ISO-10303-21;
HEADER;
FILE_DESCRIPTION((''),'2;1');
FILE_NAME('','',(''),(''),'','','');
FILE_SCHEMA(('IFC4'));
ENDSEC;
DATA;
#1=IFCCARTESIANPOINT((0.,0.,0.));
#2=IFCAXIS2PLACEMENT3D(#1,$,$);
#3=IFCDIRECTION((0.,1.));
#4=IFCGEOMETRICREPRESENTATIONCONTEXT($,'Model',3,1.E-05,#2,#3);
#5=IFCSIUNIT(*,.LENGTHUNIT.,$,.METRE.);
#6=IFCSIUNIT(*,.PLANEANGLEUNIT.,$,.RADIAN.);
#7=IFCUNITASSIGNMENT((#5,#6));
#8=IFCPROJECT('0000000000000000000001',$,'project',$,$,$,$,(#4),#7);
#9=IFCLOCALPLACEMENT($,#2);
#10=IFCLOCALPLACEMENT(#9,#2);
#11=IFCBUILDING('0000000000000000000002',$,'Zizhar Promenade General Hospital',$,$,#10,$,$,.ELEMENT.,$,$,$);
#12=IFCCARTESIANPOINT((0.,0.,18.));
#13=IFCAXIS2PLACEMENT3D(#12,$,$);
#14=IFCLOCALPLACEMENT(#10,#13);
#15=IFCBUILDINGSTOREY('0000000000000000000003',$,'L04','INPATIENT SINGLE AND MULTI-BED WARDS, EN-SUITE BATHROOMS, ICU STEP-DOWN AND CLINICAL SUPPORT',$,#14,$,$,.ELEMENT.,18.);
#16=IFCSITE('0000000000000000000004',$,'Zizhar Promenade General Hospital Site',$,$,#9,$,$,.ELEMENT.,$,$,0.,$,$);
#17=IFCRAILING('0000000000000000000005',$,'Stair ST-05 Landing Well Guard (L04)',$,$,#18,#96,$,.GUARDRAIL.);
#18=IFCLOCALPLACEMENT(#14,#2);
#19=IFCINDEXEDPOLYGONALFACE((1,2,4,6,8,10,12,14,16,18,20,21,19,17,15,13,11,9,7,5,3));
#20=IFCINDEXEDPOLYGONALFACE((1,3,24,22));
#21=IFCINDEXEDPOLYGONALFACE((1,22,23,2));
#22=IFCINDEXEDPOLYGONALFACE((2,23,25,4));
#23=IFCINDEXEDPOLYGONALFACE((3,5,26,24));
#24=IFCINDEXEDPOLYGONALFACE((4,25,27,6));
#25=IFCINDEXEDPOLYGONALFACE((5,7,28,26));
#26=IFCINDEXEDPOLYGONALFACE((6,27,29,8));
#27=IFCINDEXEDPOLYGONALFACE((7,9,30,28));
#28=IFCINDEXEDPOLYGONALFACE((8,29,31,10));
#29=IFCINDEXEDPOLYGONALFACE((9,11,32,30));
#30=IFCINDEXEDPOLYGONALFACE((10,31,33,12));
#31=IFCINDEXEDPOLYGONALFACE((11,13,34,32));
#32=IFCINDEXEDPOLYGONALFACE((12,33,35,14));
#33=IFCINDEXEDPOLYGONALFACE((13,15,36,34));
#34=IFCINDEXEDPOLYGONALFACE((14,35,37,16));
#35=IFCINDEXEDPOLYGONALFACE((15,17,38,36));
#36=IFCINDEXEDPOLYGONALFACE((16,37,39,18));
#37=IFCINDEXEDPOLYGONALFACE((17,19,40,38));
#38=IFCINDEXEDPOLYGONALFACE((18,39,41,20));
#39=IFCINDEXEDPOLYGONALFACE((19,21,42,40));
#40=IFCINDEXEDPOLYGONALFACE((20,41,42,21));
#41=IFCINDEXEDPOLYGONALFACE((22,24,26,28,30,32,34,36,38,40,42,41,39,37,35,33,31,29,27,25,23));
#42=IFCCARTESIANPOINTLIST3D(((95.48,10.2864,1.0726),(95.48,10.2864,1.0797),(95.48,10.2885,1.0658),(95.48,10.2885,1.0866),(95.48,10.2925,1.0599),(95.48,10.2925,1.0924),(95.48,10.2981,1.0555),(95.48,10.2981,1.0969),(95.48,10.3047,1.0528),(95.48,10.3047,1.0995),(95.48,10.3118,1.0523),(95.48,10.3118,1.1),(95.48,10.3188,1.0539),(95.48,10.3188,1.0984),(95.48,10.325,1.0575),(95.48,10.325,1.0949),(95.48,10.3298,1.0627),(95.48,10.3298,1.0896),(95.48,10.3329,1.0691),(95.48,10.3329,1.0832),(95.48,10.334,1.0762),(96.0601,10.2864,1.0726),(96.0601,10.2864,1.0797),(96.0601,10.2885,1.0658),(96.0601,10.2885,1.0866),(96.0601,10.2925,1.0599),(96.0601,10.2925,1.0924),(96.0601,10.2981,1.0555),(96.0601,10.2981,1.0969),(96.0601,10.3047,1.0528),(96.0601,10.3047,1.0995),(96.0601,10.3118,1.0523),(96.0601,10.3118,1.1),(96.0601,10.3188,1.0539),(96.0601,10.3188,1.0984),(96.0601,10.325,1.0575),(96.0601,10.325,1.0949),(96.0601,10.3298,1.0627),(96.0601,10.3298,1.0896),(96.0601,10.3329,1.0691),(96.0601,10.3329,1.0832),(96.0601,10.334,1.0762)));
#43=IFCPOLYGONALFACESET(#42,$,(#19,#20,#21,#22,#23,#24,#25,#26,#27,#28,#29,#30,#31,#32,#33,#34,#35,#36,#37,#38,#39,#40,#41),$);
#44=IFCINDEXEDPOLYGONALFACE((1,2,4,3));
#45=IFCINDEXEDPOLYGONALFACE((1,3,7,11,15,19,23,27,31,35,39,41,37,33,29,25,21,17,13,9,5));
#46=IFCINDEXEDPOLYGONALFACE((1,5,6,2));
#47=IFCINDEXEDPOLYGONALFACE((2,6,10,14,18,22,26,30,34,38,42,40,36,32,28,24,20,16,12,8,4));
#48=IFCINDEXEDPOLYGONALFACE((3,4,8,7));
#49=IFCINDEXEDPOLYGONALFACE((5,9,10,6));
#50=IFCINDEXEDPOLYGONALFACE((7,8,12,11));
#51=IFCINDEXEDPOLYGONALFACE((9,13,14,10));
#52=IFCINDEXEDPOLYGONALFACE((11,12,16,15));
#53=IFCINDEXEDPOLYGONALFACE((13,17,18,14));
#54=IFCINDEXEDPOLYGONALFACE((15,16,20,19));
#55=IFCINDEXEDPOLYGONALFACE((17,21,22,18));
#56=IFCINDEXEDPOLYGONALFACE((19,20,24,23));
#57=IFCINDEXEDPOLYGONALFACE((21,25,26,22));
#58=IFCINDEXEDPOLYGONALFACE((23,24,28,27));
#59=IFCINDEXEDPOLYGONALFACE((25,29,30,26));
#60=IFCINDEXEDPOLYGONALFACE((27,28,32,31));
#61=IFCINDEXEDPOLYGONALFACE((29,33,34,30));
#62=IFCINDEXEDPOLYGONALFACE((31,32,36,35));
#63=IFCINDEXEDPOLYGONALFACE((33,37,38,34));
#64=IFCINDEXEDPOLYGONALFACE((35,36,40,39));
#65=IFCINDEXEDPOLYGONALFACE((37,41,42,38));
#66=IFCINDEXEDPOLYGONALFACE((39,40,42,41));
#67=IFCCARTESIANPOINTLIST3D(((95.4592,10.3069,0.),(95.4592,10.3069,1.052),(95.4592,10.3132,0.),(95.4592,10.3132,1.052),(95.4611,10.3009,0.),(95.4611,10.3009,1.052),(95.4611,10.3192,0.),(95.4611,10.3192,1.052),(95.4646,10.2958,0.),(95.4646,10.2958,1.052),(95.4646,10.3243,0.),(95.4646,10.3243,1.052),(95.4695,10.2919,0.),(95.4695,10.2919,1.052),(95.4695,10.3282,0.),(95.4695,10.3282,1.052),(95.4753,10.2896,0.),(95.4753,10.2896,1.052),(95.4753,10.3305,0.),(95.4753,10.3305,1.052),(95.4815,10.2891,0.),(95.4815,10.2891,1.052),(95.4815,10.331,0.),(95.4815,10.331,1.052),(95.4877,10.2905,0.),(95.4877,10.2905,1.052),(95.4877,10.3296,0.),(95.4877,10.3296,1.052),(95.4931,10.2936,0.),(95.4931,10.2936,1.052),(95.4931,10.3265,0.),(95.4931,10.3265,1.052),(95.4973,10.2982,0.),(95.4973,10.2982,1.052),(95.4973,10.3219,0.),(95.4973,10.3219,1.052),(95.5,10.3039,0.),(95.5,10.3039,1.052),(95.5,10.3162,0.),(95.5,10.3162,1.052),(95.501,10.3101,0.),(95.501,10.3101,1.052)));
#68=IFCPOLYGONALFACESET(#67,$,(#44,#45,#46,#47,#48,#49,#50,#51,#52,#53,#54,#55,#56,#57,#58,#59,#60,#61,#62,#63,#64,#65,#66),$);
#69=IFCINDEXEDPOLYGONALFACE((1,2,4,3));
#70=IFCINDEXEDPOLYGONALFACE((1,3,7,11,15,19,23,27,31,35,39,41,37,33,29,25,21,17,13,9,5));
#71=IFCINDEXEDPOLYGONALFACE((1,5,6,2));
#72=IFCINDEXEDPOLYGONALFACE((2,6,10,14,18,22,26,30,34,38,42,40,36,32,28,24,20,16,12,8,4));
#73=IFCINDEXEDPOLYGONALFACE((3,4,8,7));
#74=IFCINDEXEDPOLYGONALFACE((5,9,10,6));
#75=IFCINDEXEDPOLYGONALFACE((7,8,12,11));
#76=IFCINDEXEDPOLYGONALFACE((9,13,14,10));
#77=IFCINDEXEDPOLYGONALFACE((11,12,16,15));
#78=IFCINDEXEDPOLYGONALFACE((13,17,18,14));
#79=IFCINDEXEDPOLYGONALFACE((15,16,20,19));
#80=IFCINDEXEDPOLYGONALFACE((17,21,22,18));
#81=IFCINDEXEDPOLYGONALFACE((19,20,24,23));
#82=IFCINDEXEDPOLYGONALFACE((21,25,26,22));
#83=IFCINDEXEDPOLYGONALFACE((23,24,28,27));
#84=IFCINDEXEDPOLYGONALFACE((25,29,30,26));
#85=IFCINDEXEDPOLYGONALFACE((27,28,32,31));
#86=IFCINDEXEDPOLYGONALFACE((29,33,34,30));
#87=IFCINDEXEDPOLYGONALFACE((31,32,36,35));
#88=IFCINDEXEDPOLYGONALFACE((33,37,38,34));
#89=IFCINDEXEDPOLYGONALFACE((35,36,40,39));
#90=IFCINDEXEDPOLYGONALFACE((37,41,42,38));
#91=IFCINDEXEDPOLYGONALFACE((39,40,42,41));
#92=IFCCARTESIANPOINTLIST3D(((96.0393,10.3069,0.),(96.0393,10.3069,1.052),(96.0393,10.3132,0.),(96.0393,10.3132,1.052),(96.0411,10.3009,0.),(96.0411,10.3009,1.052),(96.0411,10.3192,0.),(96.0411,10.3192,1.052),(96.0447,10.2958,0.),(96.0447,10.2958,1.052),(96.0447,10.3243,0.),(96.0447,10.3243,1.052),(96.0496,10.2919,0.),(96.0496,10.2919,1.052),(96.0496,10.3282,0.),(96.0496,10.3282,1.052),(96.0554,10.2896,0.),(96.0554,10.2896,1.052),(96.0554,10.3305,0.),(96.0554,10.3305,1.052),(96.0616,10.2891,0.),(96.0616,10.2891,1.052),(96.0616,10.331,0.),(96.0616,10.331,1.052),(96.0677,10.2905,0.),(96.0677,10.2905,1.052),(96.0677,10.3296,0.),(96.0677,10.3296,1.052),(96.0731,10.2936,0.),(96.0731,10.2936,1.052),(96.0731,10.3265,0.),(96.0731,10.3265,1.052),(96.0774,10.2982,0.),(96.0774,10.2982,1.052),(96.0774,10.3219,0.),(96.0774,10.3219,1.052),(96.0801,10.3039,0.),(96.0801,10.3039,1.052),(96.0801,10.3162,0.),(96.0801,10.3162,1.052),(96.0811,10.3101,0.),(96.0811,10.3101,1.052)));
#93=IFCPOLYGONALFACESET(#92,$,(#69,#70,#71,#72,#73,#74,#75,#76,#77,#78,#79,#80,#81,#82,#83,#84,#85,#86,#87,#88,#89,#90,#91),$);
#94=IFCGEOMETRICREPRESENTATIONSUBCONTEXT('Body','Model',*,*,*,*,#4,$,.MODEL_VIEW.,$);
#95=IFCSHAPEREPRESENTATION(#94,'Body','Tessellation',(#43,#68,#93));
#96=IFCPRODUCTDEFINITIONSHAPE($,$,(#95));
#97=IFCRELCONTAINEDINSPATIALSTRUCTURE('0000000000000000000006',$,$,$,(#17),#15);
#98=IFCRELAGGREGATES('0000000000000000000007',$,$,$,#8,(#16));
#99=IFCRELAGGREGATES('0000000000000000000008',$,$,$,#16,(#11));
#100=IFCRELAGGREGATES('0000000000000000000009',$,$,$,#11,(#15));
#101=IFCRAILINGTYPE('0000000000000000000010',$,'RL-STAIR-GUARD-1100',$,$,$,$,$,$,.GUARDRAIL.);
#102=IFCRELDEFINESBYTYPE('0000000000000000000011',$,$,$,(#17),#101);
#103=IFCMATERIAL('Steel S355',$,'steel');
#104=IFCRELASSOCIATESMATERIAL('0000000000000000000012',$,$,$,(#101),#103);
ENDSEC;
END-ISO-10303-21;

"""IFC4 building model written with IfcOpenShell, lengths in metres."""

from ifc_helpers import new_model, si_unit, direction, frame, origin, origin_2d, place, context, subcontext, project, spatial, circle, hollow_circle, extrude, material, material_profile, profile_set, type_object, element, save


model = new_model("IFC4")

# Units and contexts
model_context = context("Model", 3, precision=1e-05, world=origin(), true_north=direction((0.0, 1.0)))
body_context = subcontext(model_context, "Body", "Model", "MODEL_VIEW")
ifc_project = project(units=[si_unit("LENGTHUNIT", "METRE"), si_unit("PLANEANGLEUNIT", "RADIAN")], contexts=[model_context])

# Site, building, storey
site_placement = place(None, origin())
site = spatial("IfcSite", under=ifc_project, at=site_placement, Name="Zizhar Promenade General Hospital Site", CompositionType="ELEMENT", RefElevation=0.0)
building_placement = place(site_placement, origin())
building = spatial("IfcBuilding", under=site, at=building_placement, Name="Zizhar Promenade General Hospital", CompositionType="ELEMENT")
storey_placement = place(building_placement, frame((0.0, 0.0, 18.0)))
storey = spatial("IfcBuildingStorey", under=building, at=storey_placement, Name="L04", Description="INPATIENT SINGLE AND MULTI-BED WARDS, EN-SUITE BATHROOMS, ICU STEP-DOWN AND CLINICAL SUPPORT", CompositionType="ELEMENT", Elevation=18.0)

# Railing
ifc_material_1 = material(Name="Steel S355", Category="steel")
ifc_material_profile_1 = material_profile(ifc_material_1, hollow_circle(Radius=0.0698, WallThickness=0.0063, at=origin_2d()))
ifc_profile_set_1 = profile_set([ifc_material_profile_1], Name="Steel S355")
railing_type_1 = type_object("IfcRailingType", Name="RL-STAIR-GUARD-1100", PredefinedType="GUARDRAIL", material=ifc_profile_set_1)
railing_1_placement = place(storey_placement, frame((95.48, 10.3101, 0.0)))
element("IfcRailing", 1, at=railing_1_placement, inside=storey, type_object=railing_type_1, Name="Stair ST-05 Landing Well Guard (L04)", PredefinedType="GUARDRAIL", context=body_context, shape_type="SweptSolid", body=[
    extrude(circle(Radius=0.0239, at=origin_2d()), frame((0.0, 0.0, 1.0762), z_axis=(1.0, 0.0, 0.0), x_axis=(0.0, 1.0, 0.0)), (0.0, 0.0, 1.0), 0.5801),
    extrude(circle(Radius=0.021, at=origin_2d()), origin(), (0.0, 0.0, 1.0), 1.052),
    extrude(circle(Radius=0.021, at=origin_2d()), frame((0.5801, 0.0, 0.0)), (0.0, 0.0, 1.0), 1.052),
])

save(model, "model.ifc")
